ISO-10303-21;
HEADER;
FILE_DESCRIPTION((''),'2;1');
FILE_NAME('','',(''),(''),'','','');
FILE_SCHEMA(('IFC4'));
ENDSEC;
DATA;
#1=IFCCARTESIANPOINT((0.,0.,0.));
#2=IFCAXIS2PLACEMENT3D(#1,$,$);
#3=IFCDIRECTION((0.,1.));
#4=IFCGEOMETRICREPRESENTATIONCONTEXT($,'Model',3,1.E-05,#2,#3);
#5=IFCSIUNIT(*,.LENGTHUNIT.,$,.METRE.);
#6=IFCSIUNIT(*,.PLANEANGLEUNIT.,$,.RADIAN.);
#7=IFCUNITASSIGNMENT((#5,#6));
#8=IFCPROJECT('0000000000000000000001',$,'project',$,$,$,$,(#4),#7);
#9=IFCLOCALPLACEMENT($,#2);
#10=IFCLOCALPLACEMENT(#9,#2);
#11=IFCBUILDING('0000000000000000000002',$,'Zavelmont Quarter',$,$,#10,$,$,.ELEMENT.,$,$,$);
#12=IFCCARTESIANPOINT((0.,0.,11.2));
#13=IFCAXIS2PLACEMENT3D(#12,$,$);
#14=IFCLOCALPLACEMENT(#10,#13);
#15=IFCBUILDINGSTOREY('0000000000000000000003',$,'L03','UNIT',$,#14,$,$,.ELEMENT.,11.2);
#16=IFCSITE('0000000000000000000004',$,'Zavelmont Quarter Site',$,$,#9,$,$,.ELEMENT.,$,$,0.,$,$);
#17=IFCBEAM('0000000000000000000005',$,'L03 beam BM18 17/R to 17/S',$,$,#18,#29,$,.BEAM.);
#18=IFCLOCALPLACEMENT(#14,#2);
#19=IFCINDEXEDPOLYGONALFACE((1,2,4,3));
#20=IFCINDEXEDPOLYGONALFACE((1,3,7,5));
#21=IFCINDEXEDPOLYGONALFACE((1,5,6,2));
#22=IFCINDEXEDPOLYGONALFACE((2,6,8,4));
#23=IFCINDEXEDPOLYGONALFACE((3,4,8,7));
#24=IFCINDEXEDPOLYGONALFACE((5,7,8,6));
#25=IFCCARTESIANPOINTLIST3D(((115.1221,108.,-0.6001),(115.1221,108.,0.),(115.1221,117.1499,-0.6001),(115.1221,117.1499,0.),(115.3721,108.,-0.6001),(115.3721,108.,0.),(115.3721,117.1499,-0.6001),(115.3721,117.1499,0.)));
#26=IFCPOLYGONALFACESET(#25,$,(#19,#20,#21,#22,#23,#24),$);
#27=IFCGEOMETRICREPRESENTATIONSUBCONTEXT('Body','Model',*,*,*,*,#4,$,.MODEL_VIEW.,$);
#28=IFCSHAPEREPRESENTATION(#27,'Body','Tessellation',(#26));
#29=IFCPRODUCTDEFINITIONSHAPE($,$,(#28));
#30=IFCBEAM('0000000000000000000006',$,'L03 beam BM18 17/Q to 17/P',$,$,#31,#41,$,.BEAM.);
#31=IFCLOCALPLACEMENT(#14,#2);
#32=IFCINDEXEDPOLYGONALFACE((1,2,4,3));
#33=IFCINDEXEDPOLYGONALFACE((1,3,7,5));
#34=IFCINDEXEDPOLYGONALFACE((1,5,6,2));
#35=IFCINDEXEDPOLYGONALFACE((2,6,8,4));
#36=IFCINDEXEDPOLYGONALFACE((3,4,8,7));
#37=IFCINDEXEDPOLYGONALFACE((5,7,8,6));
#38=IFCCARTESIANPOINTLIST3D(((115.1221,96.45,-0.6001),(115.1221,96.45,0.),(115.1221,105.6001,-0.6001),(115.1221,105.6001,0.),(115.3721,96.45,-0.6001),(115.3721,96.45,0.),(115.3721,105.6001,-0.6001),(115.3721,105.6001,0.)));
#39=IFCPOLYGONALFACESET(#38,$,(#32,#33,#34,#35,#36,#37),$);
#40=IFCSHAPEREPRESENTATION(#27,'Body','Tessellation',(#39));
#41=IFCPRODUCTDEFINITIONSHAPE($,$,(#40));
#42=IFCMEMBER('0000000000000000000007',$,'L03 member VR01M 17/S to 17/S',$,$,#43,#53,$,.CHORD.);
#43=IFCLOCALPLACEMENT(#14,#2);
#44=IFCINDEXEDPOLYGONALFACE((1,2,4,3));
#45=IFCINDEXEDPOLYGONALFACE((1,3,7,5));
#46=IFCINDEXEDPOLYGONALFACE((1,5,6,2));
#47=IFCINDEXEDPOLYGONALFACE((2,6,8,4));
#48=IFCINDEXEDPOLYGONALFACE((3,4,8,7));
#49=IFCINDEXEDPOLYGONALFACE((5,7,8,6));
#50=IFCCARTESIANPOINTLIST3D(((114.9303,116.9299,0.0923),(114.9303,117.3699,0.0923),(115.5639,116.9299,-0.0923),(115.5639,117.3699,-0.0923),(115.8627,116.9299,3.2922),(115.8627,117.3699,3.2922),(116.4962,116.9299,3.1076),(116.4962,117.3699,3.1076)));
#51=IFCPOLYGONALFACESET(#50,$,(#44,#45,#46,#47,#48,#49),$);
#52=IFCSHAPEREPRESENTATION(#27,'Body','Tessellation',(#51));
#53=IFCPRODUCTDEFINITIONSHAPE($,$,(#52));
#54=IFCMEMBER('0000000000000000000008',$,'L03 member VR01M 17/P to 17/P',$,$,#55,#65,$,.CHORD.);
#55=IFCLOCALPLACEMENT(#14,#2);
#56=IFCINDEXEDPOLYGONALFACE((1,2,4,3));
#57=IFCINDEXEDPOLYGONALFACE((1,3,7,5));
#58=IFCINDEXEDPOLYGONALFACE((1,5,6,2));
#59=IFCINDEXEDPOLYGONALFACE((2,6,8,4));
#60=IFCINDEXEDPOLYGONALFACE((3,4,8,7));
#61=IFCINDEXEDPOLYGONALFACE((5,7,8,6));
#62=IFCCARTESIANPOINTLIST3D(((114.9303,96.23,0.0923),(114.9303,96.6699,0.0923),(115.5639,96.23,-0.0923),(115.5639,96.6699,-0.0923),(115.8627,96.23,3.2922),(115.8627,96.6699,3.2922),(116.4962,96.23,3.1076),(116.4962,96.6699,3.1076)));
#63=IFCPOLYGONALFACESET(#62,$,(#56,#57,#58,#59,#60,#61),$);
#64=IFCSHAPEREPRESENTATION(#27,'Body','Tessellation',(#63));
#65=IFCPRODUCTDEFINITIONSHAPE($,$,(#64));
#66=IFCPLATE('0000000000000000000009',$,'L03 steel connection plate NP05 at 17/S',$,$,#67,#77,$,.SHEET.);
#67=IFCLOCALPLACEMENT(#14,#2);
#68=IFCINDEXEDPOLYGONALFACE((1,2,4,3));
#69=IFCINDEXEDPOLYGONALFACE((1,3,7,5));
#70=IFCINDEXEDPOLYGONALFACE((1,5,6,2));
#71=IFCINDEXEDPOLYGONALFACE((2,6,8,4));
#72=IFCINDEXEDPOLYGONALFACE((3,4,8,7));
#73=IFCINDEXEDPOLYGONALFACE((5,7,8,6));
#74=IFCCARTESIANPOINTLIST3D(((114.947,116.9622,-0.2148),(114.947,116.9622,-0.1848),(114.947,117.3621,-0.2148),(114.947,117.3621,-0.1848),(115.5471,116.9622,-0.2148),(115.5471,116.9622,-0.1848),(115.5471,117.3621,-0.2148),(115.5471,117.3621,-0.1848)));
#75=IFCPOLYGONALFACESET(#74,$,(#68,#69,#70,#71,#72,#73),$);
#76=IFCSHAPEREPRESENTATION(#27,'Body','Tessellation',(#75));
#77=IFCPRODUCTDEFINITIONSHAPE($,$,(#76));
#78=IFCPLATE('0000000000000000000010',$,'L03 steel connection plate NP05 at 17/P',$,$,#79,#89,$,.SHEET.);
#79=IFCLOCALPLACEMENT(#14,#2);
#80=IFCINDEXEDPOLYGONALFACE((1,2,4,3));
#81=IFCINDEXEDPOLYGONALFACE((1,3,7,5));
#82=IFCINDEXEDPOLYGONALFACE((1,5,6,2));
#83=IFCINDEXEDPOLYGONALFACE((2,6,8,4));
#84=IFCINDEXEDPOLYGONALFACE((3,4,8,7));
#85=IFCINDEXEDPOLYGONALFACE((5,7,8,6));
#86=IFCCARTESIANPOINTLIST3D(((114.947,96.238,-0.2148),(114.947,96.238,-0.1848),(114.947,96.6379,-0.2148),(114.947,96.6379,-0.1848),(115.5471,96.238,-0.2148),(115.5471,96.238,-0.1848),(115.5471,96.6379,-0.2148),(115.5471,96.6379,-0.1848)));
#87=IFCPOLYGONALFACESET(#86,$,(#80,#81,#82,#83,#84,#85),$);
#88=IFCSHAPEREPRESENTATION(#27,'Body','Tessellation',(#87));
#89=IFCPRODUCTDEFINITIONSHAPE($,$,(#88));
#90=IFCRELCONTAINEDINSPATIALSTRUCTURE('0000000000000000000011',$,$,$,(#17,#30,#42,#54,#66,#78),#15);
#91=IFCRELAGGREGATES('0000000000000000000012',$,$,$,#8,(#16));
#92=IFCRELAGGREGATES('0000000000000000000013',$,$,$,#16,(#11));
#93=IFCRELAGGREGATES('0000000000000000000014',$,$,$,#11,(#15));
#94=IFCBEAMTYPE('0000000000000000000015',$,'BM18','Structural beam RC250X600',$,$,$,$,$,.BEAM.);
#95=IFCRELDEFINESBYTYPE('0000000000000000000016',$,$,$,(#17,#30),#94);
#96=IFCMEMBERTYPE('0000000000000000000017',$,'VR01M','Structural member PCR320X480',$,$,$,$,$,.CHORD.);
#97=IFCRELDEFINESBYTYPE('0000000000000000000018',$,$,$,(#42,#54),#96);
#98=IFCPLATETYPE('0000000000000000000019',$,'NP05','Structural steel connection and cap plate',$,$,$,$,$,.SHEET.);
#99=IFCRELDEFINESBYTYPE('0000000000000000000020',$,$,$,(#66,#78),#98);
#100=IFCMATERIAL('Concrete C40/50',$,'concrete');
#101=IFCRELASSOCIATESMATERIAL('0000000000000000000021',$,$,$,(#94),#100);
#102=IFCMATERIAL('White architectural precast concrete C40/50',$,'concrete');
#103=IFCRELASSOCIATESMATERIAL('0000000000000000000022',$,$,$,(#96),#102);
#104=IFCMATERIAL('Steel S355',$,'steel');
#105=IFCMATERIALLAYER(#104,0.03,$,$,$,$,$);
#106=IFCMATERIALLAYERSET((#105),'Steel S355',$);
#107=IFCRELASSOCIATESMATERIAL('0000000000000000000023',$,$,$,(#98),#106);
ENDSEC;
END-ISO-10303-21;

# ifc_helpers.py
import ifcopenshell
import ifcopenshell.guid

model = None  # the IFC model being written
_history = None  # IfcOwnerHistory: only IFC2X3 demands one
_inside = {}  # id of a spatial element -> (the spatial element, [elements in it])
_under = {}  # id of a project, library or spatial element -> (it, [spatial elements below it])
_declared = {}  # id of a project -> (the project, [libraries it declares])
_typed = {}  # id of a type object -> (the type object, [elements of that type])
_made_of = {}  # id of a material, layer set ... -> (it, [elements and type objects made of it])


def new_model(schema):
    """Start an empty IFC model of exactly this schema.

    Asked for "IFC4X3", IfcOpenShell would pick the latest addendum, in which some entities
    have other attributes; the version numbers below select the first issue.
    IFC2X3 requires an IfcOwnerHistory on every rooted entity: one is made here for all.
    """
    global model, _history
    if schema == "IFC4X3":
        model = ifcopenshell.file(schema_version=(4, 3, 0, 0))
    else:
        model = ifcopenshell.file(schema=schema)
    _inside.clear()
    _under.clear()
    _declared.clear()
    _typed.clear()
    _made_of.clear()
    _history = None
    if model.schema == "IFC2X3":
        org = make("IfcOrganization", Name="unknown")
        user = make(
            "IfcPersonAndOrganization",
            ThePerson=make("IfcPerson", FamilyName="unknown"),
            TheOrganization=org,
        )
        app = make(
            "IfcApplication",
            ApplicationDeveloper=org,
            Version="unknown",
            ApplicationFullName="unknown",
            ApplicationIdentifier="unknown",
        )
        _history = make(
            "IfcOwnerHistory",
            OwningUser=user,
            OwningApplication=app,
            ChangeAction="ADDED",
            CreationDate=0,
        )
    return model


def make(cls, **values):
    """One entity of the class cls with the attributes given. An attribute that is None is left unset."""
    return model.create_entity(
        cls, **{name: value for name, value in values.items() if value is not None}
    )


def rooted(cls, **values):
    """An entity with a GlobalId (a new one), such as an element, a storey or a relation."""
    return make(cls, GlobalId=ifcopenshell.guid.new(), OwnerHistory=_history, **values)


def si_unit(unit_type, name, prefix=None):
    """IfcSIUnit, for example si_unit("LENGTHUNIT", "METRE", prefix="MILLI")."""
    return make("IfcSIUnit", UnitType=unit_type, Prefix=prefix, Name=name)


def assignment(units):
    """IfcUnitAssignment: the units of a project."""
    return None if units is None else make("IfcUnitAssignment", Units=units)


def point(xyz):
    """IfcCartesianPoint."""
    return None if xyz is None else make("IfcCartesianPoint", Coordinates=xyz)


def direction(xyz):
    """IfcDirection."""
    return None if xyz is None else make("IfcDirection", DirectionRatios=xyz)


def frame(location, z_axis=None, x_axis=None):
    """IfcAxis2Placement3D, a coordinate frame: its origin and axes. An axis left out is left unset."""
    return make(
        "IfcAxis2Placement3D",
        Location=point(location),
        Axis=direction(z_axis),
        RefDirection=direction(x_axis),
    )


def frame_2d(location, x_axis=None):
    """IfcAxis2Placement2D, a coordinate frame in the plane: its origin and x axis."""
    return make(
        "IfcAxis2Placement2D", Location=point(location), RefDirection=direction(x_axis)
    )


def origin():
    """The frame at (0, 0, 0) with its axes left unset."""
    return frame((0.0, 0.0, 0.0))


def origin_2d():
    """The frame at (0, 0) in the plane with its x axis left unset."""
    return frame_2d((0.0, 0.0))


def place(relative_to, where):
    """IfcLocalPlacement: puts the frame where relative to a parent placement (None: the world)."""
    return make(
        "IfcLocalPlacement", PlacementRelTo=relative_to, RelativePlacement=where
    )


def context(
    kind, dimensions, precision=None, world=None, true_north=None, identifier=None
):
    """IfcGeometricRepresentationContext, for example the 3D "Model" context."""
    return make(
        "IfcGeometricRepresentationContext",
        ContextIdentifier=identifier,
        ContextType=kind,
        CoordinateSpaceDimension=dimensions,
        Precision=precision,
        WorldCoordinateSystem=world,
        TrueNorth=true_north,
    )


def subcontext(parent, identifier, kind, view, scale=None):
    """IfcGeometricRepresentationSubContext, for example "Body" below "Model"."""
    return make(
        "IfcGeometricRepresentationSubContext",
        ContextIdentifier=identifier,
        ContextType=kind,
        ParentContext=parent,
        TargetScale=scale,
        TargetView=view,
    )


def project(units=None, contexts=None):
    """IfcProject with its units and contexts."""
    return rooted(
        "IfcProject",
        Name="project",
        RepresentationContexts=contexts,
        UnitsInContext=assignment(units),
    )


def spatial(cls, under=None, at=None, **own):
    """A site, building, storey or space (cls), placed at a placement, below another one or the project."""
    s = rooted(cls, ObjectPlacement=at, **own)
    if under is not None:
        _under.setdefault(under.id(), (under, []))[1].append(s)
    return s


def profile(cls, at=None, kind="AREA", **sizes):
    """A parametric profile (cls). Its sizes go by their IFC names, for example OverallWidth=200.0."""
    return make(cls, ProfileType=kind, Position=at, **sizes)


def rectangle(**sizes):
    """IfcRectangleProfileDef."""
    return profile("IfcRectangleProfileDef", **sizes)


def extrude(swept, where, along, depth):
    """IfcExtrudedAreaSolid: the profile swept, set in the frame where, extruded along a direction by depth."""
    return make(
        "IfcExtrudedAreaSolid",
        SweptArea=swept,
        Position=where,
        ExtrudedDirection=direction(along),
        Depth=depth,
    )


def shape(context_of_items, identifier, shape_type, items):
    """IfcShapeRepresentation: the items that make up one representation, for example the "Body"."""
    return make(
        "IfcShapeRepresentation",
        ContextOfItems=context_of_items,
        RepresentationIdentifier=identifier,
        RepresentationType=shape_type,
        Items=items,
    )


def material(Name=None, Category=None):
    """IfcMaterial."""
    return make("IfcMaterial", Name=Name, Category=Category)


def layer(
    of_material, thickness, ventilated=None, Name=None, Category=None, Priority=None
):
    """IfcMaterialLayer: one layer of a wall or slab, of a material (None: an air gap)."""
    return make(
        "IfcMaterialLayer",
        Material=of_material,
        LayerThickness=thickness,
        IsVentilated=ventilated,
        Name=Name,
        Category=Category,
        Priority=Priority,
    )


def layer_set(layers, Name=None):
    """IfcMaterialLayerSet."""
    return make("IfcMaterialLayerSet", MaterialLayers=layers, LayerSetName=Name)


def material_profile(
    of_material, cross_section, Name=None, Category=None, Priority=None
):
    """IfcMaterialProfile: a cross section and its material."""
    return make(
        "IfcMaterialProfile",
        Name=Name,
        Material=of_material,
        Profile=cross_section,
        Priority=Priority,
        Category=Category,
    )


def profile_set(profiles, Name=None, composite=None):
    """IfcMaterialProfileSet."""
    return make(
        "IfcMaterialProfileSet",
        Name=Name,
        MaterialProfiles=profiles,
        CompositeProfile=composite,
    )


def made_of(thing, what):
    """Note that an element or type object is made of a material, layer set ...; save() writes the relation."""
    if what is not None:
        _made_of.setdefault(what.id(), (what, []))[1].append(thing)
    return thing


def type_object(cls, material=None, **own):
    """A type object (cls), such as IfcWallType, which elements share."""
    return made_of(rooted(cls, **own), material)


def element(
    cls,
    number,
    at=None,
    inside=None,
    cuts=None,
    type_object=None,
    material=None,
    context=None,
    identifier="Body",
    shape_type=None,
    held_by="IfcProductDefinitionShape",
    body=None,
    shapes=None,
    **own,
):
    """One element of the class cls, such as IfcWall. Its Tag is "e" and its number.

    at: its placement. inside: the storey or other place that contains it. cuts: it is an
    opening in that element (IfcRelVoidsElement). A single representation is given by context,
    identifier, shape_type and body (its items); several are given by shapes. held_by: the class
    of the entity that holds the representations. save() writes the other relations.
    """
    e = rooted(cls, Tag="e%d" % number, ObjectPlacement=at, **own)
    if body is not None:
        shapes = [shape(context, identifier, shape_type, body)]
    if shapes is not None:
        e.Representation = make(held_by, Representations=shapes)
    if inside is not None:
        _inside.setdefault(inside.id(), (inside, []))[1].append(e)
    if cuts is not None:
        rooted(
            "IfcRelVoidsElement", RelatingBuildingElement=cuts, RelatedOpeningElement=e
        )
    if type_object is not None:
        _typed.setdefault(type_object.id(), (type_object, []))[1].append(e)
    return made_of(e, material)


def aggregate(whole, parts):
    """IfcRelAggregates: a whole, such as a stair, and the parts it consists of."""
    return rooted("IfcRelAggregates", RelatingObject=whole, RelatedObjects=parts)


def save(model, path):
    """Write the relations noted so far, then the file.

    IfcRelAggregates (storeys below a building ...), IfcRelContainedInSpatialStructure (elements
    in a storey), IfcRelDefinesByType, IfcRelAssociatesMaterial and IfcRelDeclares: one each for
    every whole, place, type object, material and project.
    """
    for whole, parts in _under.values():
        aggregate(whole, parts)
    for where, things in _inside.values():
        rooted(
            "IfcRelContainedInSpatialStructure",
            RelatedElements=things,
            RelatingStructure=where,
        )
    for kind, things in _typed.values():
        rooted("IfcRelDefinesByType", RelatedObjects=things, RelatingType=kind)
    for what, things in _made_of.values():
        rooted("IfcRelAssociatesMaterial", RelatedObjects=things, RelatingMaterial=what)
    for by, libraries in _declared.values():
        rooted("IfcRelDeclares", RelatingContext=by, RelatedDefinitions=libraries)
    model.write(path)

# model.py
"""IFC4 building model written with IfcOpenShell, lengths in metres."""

from ifc_helpers import new_model, si_unit, direction, frame, origin, origin_2d, place, context, subcontext, project, spatial, rectangle, extrude, material, layer, layer_set, material_profile, profile_set, type_object, element, save


model = new_model("IFC4")

# Units and contexts
model_context = context("Model", 3, precision=1e-05, world=origin(), true_north=direction((0.0, 1.0)))
body_context = subcontext(model_context, "Body", "Model", "MODEL_VIEW")
ifc_project = project(units=[si_unit("LENGTHUNIT", "METRE"), si_unit("PLANEANGLEUNIT", "RADIAN")], contexts=[model_context])

# Site, building, storey
site_placement = place(None, origin())
site = spatial("IfcSite", under=ifc_project, at=site_placement, Name="Zavelmont Quarter Site", CompositionType="ELEMENT", RefElevation=0.0)
building_placement = place(site_placement, origin())
building = spatial("IfcBuilding", under=site, at=building_placement, Name="Zavelmont Quarter", CompositionType="ELEMENT")
storey_placement = place(building_placement, frame((0.0, 0.0, 11.2)))
storey = spatial("IfcBuildingStorey", under=building, at=storey_placement, Name="L03", Description="UNIT", CompositionType="ELEMENT", Elevation=11.2)

# Shared definitions
ifc_material_1 = material(Name="Concrete C40/50", Category="concrete")

# Beams
ifc_material_2 = material(Name="Steel S355", Category="steel")
ifc_material_profile_1 = material_profile(ifc_material_1, rectangle(XDim=0.25, YDim=0.6001, at=origin_2d()), Name="RC250X600")
ifc_profile_set_1 = profile_set([ifc_material_profile_1], Name="Concrete C40/50")
beam_type_1 = type_object("IfcBeamType", Name="BM18", Description="Structural beam RC250X600", PredefinedType="BEAM", material=ifc_profile_set_1)
beam_1_placement = place(storey_placement, frame((115.2471, 108.0, -0.3), z_axis=(0.0, 1.0, 0.0), x_axis=(-1.0, 0.0, 0.0)))
element("IfcBeam", 1, at=beam_1_placement, inside=storey, type_object=beam_type_1, Name="L03 beam BM18 17/R to 17/S", PredefinedType="BEAM", context=body_context, shape_type="SweptSolid", body=[
    extrude(rectangle(XDim=0.25, YDim=0.6001, at=origin_2d()), origin(), (0.0, 0.0, 1.0), 9.1499),
])
beam_2_placement = place(storey_placement, frame((115.2471, 105.6001, -0.3), z_axis=(0.0, -1.0, 0.0), x_axis=(1.0, 0.0, 0.0)))
element("IfcBeam", 2, at=beam_2_placement, inside=storey, type_object=beam_type_1, Name="L03 beam BM18 17/Q to 17/P", PredefinedType="BEAM", context=body_context, shape_type="SweptSolid", body=[
    extrude(rectangle(XDim=0.25, YDim=0.6001, at=origin_2d()), origin(), (0.0, 0.0, 1.0), 9.1501),
])

# Members
ifc_material_3 = material(Name="White architectural precast concrete C40/50", Category="concrete")
ifc_material_profile_2 = material_profile(ifc_material_3, rectangle(XDim=0.4399, YDim=0.6599, at=origin_2d()), Name="PCR320X480")
ifc_profile_set_2 = profile_set([ifc_material_profile_2], Name="White architectural precast concrete C40/50")
member_type = type_object("IfcMemberType", Name="VR01M", Description="Structural member PCR320X480", PredefinedType="CHORD", material=ifc_profile_set_2)
for number, where, z_axis, x_axis, name in (
    (3, (115.2471, 117.1499, 0.0), (0.279738, 0.0, 0.960076), (0.0, 1.0, 0.0), "L03 member VR01M 17/S to 17/S"),
    (4, (115.2471, 96.45, 0.0), (0.279738, 0.0, 0.960076), (0.0, 1.0, 0.0), "L03 member VR01M 17/P to 17/P"),
):
    element("IfcMember", number, at=place(storey_placement, frame(where, z_axis=z_axis, x_axis=x_axis)), inside=storey, type_object=member_type, Name=name, PredefinedType="CHORD", context=body_context, shape_type="SweptSolid", body=[
        extrude(rectangle(XDim=0.4399, YDim=0.6599, at=origin_2d()), origin(), (0.0, 0.0, 1.0), 3.333),
    ])

# Plates
ifc_layer = layer(ifc_material_2, 0.03)
ifc_layer_set = layer_set([ifc_layer], Name="Steel S355")
plate_type = type_object("IfcPlateType", Name="NP05", Description="Structural steel connection and cap plate", PredefinedType="SHEET", material=ifc_layer_set)
for number, where, z_axis, x_axis, name in (
    (5, (115.2471, 117.1621, -0.2148), (0.0, 0.0, 1.0), (1.0, 0.0, 0.0), "L03 steel connection plate NP05 at 17/S"),
    (6, (115.2471, 96.438, -0.2148), (0.0, 0.0, 1.0), (1.0, 0.0, 0.0), "L03 steel connection plate NP05 at 17/P"),
):
    element("IfcPlate", number, at=place(storey_placement, frame(where, z_axis=z_axis, x_axis=x_axis)), inside=storey, type_object=plate_type, Name=name, PredefinedType="SHEET", context=body_context, shape_type="SweptSolid", body=[
        extrude(rectangle(XDim=0.6001, YDim=0.3999, at=origin_2d()), origin(), (0.0, 0.0, 1.0), 0.03),
    ])

save(model, "model.ifc")
